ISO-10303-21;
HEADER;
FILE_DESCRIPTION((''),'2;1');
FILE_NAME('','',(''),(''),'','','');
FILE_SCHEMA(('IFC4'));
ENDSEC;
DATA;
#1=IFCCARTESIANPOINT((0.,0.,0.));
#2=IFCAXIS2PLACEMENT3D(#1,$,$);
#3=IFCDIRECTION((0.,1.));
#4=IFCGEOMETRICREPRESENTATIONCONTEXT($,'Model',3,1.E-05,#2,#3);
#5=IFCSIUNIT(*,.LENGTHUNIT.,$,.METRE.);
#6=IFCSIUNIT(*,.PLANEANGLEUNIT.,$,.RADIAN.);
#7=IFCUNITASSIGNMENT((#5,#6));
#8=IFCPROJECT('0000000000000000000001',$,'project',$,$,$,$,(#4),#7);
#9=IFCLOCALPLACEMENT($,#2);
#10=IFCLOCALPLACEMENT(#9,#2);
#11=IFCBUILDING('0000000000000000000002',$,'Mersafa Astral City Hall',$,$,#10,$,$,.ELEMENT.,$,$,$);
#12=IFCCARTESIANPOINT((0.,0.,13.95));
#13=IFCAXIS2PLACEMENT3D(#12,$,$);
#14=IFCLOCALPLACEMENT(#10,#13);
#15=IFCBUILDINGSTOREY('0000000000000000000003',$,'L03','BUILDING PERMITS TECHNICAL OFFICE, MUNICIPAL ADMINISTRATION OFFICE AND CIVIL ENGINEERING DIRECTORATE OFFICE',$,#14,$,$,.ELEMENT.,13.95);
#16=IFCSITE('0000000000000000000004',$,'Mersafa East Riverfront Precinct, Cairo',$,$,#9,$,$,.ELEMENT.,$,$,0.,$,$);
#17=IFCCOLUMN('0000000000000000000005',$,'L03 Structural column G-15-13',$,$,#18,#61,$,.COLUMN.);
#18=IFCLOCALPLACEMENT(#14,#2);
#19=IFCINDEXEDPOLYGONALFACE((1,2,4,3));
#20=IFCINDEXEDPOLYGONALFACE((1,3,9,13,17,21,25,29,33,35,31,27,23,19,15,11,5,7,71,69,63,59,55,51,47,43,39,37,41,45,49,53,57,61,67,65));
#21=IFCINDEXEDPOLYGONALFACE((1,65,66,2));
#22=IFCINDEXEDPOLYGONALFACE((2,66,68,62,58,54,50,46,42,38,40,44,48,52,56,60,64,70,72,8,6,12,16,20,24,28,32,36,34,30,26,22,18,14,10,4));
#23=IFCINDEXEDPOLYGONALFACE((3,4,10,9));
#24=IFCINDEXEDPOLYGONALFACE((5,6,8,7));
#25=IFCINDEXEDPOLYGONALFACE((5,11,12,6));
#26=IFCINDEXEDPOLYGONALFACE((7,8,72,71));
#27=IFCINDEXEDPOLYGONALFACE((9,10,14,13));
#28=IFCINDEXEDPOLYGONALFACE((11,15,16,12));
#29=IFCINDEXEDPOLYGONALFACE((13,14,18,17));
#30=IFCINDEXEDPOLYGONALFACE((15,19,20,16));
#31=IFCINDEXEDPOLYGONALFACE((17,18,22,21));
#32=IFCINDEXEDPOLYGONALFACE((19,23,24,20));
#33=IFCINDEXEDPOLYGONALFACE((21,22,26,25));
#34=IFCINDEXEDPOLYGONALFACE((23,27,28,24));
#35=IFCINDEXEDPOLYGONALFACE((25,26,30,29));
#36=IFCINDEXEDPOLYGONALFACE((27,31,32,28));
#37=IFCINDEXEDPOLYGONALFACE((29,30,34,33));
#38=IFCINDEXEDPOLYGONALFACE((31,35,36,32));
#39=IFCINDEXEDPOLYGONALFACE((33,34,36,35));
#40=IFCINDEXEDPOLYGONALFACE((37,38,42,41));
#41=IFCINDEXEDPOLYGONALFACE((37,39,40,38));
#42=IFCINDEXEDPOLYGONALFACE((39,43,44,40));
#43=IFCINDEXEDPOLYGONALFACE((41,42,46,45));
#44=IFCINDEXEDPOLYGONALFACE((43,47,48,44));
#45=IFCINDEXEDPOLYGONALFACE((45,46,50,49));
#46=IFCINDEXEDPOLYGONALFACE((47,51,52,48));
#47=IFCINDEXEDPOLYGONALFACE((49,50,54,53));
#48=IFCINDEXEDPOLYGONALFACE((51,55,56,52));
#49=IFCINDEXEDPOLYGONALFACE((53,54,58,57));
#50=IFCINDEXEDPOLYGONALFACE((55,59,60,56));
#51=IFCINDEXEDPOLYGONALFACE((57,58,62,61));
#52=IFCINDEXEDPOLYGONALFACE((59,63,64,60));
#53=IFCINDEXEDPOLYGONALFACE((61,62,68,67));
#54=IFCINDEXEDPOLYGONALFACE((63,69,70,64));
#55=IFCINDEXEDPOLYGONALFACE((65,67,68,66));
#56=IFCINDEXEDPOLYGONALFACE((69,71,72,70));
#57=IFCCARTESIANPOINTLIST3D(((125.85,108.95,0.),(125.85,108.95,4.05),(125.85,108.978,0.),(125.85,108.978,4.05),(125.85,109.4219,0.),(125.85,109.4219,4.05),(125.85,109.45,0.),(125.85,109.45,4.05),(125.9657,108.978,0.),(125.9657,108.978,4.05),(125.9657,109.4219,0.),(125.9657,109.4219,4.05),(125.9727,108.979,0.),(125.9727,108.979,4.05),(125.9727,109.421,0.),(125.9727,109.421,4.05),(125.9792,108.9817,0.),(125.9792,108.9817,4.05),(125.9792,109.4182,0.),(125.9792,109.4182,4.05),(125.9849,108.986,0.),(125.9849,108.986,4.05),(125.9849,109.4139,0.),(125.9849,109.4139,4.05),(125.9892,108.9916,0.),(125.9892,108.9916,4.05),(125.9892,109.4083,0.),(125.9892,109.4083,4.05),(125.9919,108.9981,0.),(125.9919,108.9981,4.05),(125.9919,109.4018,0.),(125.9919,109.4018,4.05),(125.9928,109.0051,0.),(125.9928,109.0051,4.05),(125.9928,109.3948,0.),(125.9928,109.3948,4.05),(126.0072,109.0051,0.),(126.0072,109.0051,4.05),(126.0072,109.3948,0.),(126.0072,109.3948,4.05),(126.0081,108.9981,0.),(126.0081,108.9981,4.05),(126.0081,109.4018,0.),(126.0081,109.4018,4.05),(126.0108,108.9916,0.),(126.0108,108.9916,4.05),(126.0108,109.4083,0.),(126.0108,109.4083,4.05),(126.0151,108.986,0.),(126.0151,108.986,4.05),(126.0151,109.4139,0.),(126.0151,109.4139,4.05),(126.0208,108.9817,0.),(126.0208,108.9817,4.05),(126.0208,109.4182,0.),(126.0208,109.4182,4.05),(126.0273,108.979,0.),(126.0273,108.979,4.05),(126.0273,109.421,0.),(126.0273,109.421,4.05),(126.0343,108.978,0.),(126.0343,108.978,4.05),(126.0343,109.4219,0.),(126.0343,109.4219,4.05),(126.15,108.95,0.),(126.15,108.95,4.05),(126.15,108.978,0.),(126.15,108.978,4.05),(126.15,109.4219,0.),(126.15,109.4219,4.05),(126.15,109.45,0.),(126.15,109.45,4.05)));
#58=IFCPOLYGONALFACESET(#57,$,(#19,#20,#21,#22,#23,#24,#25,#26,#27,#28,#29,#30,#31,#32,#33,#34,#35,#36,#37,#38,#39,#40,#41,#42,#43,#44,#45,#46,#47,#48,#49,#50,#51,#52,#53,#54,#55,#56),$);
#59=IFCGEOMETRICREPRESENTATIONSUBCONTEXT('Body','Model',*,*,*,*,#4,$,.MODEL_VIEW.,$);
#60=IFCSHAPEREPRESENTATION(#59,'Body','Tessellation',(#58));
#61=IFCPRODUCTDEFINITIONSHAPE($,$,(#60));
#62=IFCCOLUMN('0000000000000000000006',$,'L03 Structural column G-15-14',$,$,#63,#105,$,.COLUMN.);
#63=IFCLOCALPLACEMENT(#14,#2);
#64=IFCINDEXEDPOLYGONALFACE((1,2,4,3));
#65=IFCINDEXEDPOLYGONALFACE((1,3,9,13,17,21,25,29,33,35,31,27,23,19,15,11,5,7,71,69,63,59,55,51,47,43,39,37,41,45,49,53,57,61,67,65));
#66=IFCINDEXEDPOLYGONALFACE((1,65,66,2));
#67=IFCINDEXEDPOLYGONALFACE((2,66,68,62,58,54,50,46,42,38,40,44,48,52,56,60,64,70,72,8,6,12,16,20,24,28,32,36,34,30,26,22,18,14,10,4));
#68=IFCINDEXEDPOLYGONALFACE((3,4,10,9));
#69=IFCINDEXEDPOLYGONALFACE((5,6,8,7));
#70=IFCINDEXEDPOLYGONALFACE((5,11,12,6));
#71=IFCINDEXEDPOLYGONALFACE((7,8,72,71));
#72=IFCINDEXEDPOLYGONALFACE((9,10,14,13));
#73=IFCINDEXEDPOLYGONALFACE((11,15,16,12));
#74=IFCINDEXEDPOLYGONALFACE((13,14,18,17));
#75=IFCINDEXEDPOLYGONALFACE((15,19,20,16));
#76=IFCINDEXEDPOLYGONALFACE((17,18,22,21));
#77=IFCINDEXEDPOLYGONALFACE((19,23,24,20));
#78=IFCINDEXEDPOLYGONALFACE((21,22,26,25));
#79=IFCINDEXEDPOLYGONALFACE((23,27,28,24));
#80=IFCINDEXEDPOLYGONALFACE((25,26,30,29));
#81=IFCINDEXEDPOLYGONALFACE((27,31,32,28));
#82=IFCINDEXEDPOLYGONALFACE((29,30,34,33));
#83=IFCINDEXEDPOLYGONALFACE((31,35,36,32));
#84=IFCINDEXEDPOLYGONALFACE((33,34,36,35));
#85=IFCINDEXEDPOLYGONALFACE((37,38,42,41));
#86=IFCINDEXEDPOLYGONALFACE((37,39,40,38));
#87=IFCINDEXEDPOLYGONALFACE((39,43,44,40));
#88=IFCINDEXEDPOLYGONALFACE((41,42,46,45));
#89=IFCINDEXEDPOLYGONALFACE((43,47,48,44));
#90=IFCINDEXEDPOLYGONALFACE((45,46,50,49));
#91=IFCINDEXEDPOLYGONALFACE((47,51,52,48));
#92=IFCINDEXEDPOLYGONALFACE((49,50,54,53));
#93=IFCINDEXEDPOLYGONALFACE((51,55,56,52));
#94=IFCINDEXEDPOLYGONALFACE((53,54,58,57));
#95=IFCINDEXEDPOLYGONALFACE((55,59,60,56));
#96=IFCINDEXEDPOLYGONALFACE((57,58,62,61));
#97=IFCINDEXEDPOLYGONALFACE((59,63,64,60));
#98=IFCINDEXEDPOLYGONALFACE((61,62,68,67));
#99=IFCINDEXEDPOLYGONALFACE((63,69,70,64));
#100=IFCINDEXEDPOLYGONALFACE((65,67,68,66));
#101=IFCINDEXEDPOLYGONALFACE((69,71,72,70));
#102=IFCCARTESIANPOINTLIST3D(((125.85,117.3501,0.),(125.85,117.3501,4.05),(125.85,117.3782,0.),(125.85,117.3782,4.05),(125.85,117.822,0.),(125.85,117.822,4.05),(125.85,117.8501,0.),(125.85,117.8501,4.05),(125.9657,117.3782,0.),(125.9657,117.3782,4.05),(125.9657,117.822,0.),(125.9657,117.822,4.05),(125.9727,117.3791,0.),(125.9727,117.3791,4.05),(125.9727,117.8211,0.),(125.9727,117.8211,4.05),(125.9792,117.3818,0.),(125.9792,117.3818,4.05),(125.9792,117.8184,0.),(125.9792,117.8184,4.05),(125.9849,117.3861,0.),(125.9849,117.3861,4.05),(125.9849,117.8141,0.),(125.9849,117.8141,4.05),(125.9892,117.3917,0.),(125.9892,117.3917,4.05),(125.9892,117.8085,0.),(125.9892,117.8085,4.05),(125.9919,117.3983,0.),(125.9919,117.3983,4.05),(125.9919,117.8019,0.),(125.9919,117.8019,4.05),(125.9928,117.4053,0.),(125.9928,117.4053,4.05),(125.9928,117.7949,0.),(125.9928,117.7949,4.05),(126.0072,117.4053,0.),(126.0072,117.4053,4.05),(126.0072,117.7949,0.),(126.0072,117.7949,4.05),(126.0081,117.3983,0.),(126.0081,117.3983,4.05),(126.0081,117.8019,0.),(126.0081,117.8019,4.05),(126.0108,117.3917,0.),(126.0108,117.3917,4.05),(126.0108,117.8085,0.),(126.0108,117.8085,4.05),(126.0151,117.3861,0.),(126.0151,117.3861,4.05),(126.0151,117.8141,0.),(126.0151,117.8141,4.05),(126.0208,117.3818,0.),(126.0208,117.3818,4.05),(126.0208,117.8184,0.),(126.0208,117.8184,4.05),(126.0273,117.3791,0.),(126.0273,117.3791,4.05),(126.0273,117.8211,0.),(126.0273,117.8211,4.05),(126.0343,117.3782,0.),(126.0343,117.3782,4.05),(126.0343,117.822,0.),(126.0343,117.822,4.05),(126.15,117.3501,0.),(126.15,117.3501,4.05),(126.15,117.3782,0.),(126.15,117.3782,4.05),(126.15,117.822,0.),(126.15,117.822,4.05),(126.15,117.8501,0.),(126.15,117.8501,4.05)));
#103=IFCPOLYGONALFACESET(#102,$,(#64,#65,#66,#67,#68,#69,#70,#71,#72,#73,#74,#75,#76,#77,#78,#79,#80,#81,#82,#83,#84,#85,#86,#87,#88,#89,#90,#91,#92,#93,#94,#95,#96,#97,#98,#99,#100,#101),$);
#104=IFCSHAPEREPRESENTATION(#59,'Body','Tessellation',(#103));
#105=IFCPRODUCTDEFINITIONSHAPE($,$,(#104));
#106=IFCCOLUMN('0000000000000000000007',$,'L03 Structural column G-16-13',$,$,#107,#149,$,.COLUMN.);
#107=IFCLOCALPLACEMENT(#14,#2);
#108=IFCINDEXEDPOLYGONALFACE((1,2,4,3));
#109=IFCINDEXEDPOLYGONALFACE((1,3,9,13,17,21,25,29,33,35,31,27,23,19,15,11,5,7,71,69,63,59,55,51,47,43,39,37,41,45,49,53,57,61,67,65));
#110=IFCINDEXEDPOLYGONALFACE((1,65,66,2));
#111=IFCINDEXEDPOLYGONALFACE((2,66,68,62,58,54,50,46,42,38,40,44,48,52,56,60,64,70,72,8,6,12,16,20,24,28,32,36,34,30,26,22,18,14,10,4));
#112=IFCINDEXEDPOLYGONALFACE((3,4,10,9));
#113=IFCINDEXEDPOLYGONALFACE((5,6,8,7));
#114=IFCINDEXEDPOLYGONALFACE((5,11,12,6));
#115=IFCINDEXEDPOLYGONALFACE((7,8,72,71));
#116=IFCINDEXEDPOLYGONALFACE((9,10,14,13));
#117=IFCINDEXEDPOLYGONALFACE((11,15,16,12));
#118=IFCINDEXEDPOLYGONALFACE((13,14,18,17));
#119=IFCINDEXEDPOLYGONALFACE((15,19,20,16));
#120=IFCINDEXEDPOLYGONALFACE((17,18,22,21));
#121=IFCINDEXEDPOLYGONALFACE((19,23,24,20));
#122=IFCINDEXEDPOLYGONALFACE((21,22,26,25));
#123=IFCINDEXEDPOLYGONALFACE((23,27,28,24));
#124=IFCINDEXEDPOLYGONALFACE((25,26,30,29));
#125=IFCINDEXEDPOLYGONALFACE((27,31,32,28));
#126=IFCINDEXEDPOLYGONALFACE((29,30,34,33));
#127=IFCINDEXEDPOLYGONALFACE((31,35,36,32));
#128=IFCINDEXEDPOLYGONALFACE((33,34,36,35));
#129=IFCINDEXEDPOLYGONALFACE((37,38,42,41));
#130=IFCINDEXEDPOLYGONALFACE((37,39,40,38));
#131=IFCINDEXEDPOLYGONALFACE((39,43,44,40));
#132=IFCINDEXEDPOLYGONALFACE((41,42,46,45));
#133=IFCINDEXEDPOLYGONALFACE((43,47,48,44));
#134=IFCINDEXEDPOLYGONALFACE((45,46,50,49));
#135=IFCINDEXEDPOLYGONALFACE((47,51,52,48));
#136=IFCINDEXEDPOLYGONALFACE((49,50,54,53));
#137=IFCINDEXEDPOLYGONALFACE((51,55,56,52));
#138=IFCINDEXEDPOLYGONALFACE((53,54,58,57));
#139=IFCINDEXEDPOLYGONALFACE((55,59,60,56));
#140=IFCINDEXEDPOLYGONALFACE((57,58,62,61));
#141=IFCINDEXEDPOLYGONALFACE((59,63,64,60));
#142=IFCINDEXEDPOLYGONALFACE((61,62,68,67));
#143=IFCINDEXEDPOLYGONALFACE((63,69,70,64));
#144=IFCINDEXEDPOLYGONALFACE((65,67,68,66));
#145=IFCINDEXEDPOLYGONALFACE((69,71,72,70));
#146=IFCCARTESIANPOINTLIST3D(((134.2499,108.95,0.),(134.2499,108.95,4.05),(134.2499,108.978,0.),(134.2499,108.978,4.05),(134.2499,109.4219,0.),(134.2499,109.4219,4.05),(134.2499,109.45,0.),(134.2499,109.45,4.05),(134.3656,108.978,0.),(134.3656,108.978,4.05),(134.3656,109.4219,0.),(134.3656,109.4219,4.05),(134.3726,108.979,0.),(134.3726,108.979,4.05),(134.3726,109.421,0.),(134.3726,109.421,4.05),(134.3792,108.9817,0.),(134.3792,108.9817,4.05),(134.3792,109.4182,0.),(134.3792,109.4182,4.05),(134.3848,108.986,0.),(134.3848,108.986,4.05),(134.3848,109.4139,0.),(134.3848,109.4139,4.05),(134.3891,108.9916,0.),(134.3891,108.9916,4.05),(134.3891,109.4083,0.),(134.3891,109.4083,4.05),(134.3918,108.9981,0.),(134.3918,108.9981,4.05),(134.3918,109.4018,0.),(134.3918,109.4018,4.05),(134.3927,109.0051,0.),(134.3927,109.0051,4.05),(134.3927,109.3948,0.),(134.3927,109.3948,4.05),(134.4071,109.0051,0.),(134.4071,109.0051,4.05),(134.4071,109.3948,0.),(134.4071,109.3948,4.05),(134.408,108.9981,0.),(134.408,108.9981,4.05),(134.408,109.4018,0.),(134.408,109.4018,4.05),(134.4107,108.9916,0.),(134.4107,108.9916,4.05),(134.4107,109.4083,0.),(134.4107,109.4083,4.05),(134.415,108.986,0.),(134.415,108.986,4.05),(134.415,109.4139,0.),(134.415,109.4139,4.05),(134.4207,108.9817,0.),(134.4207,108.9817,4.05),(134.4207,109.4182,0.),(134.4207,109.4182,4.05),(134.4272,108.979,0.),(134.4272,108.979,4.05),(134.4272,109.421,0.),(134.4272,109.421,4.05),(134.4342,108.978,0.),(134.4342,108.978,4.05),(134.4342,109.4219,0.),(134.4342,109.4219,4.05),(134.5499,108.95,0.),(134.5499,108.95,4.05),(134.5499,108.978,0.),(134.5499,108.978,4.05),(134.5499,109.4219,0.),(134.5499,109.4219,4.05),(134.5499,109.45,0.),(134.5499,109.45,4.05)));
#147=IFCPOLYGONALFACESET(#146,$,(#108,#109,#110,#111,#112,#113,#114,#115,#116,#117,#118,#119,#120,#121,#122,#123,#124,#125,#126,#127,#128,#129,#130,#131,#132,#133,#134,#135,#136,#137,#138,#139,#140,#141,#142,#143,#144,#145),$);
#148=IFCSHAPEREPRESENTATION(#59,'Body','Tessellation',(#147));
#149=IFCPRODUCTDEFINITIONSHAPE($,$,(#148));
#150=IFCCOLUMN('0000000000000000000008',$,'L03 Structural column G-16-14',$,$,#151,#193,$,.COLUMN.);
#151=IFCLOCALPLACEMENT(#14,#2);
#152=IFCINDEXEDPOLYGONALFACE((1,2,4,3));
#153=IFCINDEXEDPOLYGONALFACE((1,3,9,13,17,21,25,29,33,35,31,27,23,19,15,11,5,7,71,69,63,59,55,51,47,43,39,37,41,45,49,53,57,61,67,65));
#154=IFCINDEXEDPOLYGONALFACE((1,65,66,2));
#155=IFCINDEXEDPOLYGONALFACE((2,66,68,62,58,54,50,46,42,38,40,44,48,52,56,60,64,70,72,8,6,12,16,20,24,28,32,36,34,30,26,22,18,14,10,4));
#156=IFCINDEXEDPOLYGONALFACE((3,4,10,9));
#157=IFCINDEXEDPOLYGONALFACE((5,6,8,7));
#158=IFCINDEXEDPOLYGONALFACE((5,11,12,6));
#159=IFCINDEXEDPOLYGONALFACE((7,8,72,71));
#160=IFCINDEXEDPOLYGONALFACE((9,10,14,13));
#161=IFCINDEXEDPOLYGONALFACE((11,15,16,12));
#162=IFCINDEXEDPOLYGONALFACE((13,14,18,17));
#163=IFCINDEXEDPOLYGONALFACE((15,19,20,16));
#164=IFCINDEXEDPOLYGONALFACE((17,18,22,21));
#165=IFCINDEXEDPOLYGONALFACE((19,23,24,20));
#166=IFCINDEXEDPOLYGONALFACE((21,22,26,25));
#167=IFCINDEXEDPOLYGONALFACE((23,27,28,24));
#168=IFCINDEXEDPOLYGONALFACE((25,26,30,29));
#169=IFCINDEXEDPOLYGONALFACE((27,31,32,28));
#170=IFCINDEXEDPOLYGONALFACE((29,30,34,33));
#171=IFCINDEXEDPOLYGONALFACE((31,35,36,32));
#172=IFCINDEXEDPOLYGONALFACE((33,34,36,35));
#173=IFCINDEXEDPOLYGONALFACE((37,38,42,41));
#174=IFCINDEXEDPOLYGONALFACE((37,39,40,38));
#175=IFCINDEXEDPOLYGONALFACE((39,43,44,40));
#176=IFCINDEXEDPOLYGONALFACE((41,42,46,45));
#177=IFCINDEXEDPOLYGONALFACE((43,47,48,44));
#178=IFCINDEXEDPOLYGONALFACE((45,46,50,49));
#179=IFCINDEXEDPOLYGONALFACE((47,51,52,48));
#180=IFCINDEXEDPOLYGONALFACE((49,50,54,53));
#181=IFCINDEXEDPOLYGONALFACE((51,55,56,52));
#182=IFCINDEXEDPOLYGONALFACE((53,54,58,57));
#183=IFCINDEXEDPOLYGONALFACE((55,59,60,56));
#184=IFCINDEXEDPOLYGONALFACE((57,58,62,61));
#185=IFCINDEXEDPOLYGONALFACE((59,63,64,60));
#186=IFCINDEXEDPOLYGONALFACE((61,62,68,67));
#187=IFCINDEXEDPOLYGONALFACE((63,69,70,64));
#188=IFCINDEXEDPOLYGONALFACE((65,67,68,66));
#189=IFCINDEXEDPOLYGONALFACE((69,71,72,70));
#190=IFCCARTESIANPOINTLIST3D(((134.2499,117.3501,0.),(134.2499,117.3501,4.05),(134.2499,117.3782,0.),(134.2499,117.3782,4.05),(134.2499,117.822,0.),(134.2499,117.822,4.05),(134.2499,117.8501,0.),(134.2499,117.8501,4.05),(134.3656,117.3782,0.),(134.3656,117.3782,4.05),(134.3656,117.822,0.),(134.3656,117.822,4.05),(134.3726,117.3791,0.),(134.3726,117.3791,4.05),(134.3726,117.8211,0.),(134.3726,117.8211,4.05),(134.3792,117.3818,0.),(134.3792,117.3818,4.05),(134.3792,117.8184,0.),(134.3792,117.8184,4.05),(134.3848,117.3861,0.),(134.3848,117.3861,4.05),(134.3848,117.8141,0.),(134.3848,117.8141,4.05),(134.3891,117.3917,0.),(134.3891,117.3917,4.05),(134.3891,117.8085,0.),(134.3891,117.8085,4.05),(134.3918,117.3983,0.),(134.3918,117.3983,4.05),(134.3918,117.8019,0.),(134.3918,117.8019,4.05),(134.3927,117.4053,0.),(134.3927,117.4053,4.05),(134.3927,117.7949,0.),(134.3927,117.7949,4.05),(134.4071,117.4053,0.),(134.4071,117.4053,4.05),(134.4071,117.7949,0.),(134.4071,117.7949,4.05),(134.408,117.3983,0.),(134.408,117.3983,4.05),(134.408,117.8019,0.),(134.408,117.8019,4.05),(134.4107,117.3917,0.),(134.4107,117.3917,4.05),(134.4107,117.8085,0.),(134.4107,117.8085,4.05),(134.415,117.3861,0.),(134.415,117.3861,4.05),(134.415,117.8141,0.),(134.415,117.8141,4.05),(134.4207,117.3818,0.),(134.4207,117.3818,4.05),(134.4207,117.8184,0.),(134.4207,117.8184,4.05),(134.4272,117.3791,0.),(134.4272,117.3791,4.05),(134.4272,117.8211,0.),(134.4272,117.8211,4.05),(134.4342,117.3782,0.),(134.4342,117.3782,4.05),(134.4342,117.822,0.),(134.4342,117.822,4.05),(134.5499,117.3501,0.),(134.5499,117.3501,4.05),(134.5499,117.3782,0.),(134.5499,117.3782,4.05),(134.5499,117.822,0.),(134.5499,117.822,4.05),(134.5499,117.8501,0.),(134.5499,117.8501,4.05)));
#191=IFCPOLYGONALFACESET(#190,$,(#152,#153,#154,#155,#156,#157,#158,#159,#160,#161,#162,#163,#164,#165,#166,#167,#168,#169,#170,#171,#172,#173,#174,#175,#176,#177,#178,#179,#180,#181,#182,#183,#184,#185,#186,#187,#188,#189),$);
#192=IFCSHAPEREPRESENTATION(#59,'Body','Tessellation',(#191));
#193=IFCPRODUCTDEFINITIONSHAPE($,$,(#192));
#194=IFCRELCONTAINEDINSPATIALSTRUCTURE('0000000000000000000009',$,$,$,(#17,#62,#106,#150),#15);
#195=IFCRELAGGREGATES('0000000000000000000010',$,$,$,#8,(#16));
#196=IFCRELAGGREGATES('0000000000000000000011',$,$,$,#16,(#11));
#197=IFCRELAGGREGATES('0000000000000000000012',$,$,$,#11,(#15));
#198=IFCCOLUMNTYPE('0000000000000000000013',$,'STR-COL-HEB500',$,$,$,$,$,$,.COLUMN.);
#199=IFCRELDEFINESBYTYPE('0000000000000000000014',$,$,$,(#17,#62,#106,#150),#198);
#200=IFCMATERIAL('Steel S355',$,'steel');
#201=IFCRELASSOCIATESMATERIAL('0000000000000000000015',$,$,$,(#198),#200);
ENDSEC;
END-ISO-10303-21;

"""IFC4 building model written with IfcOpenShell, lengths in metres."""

from ifc_helpers import new_model, si_unit, direction, frame, origin, origin_2d, place, context, subcontext, project, spatial, i_section, extrude, material, material_profile, profile_set, type_object, element, save


model = new_model("IFC4")

# Units and contexts
model_context = context("Model", 3, precision=1e-05, world=origin(), true_north=direction((0.0, 1.0)))
body_context = subcontext(model_context, "Body", "Model", "MODEL_VIEW")
ifc_project = project(units=[si_unit("LENGTHUNIT", "METRE"), si_unit("PLANEANGLEUNIT", "RADIAN")], contexts=[model_context])

# Site, building, storey
site_placement = place(None, origin())
site = spatial("IfcSite", under=ifc_project, at=site_placement, Name="Mersafa East Riverfront Precinct, Cairo", CompositionType="ELEMENT", RefElevation=0.0)
building_placement = place(site_placement, origin())
building = spatial("IfcBuilding", under=site, at=building_placement, Name="Mersafa Astral City Hall", CompositionType="ELEMENT")
storey_placement = place(building_placement, frame((0.0, 0.0, 13.95)))
storey = spatial("IfcBuildingStorey", under=building, at=storey_placement, Name="L03", Description="BUILDING PERMITS TECHNICAL OFFICE, MUNICIPAL ADMINISTRATION OFFICE AND CIVIL ENGINEERING DIRECTORATE OFFICE", CompositionType="ELEMENT", Elevation=13.95)

# Columns
ifc_material_1 = material(Name="Steel S355", Category="steel")
ifc_material_profile_1 = material_profile(ifc_material_1, i_section(OverallWidth=0.3, OverallDepth=0.5, WebThickness=0.0144, FlangeThickness=0.0281, FilletRadius=0.0271, at=origin_2d()), Name="HEB 500")
ifc_profile_set_1 = profile_set([ifc_material_profile_1], Name="Steel S355")
column_type = type_object("IfcColumnType", Name="STR-COL-HEB500", PredefinedType="COLUMN", material=ifc_profile_set_1)
for number, where, z_axis, x_axis, name in (
    (1, (126.0, 109.2, 0.0), (0.0, 0.0, 1.0), (1.0, 0.0, 0.0), "L03 Structural column G-15-13"),
    (2, (126.0, 117.6001, 0.0), (0.0, 0.0, 1.0), (1.0, 0.0, 0.0), "L03 Structural column G-15-14"),
    (3, (134.3999, 109.2, 0.0), (0.0, 0.0, 1.0), (1.0, 0.0, 0.0), "L03 Structural column G-16-13"),
    (4, (134.3999, 117.6001, 0.0), (0.0, 0.0, 1.0), (1.0, 0.0, 0.0), "L03 Structural column G-16-14"),
):
    element("IfcColumn", number, at=place(storey_placement, frame(where, z_axis=z_axis, x_axis=x_axis)), inside=storey, type_object=column_type, Name=name, PredefinedType="COLUMN", context=body_context, shape_type="SweptSolid", body=[
        extrude(i_section(OverallWidth=0.3, OverallDepth=0.5, WebThickness=0.0144, FlangeThickness=0.0281, FilletRadius=0.0271, at=origin_2d()), origin(), (0.0, 0.0, 1.0), 4.05),
    ])

save(model, "model.ifc")
